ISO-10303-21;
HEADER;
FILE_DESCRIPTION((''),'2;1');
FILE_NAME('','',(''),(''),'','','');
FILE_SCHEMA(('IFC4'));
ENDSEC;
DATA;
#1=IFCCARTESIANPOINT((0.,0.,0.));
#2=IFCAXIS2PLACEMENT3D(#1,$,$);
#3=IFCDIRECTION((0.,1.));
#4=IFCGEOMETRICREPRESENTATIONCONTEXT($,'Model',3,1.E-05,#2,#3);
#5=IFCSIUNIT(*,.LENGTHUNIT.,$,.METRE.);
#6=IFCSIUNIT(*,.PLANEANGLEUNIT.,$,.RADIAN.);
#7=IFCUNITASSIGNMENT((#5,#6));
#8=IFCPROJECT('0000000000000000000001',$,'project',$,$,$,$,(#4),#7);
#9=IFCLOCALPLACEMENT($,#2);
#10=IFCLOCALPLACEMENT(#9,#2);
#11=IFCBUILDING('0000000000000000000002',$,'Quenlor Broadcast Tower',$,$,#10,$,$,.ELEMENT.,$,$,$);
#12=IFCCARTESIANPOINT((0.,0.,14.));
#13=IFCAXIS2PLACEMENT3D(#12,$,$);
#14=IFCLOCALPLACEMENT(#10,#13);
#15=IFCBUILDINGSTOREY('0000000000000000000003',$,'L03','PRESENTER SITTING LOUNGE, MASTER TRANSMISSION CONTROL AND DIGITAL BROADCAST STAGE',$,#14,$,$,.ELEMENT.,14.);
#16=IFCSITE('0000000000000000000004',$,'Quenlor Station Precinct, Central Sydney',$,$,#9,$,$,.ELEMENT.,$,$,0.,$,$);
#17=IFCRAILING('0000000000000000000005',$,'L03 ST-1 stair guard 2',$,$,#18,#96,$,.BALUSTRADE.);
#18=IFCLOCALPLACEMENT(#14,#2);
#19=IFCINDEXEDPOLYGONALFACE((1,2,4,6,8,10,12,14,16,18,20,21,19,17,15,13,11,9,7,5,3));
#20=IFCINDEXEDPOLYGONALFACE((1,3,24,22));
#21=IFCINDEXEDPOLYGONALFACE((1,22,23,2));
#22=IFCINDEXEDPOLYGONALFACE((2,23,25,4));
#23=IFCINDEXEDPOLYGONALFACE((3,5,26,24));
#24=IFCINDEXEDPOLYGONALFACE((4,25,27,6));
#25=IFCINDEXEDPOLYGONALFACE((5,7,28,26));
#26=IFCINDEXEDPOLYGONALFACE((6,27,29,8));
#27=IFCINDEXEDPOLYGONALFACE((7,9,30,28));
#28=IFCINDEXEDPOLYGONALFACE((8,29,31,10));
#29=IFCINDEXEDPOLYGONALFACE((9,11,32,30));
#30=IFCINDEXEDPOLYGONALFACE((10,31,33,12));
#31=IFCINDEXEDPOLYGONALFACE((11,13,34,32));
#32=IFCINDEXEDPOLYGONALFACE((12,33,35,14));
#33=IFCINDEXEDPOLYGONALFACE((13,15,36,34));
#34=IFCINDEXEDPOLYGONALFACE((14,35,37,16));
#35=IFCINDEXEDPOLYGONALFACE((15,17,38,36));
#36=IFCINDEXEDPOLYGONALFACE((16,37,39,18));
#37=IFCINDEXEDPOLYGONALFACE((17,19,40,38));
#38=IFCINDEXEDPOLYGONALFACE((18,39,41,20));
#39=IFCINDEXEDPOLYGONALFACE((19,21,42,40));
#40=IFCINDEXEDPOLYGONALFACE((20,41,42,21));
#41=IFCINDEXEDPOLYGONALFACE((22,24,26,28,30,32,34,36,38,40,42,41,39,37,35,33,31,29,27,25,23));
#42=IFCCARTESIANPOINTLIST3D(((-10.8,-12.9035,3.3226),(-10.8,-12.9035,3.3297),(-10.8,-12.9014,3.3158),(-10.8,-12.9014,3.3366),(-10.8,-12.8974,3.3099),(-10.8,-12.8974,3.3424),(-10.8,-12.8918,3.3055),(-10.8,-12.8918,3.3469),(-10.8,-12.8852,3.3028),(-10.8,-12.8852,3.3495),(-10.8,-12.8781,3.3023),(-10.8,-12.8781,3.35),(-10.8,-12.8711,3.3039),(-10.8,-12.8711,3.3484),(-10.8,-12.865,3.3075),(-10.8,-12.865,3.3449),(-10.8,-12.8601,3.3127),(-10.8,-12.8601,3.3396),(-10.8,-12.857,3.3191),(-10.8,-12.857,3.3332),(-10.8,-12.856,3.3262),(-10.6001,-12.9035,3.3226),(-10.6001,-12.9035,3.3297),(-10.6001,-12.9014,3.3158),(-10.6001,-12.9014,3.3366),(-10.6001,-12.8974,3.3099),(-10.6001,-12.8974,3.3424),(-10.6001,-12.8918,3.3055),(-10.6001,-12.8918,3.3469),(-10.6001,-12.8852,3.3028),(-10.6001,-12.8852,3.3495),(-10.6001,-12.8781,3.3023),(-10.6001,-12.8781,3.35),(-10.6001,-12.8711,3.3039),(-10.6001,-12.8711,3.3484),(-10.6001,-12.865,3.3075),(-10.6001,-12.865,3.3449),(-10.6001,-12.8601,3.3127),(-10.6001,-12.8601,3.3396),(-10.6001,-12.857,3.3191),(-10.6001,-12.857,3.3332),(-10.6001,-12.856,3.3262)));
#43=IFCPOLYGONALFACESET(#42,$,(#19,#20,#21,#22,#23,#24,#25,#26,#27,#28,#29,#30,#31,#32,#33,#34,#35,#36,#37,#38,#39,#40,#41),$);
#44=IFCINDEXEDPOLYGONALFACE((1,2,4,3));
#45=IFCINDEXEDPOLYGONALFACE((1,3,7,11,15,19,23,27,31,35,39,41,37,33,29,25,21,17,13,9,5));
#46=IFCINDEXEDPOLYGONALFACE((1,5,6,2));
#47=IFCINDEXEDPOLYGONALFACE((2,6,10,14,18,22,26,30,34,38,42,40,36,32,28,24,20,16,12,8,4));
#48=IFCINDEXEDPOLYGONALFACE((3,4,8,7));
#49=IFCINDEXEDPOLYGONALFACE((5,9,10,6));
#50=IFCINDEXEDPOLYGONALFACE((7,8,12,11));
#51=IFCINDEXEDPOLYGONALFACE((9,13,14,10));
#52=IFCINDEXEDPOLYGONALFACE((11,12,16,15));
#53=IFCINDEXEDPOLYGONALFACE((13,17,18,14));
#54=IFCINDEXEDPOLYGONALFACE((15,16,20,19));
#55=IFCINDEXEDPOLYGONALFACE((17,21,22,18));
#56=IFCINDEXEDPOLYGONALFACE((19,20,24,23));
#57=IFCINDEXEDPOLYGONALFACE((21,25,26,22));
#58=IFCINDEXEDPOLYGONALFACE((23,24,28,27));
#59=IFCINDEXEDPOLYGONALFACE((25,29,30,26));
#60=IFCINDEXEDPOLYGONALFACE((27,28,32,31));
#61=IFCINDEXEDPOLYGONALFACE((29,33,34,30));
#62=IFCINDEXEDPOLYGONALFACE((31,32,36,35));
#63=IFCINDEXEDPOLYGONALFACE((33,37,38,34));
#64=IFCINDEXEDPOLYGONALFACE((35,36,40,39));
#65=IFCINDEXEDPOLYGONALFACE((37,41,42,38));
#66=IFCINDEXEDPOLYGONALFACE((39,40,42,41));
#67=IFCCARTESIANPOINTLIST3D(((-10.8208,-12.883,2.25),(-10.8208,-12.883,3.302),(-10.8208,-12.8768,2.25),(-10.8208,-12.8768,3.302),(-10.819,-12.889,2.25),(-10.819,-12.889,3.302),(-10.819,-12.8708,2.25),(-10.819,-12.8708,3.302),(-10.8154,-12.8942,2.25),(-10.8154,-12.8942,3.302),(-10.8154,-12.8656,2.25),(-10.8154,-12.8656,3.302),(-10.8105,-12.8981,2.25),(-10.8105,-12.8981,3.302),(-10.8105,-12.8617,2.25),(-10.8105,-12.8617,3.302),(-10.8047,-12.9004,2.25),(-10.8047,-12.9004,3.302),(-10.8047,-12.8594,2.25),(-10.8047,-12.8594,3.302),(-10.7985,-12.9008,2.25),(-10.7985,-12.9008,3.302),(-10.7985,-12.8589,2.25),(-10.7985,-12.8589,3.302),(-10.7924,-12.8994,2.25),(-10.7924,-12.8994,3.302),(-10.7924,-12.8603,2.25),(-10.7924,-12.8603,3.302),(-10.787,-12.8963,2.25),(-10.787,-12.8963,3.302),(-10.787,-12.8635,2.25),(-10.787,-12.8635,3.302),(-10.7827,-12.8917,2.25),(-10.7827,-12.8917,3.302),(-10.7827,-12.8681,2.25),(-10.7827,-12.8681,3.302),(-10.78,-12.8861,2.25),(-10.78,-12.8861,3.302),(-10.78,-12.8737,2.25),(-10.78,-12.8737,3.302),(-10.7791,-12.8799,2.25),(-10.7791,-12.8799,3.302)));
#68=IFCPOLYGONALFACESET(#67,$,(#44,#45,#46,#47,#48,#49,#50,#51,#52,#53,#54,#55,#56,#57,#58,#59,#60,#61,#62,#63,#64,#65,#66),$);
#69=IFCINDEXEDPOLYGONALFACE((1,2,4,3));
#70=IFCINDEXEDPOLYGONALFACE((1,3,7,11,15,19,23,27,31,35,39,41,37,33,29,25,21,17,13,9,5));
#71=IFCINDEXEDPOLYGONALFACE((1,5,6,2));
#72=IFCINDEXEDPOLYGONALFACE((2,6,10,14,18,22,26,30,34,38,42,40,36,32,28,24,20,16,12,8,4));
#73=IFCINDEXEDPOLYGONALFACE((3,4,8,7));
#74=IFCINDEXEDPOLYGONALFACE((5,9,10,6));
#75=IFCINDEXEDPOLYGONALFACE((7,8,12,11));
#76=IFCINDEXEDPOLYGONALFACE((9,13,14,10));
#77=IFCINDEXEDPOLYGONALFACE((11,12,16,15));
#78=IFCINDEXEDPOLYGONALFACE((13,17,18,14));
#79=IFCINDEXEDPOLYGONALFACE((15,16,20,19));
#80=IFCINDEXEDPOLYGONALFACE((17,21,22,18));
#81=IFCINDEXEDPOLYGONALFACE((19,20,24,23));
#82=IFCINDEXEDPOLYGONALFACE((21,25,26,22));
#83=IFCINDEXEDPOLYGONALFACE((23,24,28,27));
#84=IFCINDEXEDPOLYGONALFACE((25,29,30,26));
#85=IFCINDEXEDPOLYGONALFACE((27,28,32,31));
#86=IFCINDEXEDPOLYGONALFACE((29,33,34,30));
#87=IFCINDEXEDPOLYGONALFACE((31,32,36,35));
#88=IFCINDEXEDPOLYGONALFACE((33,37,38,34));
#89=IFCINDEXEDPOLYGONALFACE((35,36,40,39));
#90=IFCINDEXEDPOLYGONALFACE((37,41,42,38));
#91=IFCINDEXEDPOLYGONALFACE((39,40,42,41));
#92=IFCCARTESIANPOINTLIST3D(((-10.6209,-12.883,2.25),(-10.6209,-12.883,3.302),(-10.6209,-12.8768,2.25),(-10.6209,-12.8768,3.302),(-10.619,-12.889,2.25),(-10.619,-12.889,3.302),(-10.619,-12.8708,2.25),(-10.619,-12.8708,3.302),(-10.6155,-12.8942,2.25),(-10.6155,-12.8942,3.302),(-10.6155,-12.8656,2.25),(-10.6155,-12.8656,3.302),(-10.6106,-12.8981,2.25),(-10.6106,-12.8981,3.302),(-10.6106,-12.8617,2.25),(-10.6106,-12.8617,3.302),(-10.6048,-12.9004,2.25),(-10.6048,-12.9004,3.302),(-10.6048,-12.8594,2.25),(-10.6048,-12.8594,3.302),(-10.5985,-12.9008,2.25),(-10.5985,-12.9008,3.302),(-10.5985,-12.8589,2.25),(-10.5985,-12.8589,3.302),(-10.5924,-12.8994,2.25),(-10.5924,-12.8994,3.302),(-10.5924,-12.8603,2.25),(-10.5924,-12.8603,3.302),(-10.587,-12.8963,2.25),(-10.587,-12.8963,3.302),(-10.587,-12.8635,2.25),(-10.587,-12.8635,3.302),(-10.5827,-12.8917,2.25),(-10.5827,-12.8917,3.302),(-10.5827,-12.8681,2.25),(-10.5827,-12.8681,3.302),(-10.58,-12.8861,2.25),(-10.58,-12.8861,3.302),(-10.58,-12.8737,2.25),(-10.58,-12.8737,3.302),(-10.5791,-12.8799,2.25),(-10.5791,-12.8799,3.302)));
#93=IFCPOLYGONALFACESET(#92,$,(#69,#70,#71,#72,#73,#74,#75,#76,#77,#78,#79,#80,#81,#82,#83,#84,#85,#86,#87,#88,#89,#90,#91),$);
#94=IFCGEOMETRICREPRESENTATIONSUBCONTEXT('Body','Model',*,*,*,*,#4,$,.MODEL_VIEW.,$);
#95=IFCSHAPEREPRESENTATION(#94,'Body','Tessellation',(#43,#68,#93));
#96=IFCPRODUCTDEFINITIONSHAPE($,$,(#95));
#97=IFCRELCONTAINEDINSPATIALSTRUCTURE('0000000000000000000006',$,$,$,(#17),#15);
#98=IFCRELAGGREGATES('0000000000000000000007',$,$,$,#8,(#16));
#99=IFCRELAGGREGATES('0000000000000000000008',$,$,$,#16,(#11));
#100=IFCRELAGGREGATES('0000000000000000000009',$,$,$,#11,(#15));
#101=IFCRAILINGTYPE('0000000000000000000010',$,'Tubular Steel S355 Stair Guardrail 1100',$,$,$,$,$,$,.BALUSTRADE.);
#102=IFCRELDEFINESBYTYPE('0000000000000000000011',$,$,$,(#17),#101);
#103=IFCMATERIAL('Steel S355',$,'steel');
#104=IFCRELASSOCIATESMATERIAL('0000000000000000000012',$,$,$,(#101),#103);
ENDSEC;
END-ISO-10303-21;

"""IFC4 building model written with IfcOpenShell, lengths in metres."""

from ifc_helpers import new_model, si_unit, direction, frame, origin, origin_2d, place, context, subcontext, project, spatial, circle, extrude, material, type_object, element, save


model = new_model("IFC4")

# Units and contexts
model_context = context("Model", 3, precision=1e-05, world=origin(), true_north=direction((0.0, 1.0)))
body_context = subcontext(model_context, "Body", "Model", "MODEL_VIEW")
ifc_project = project(units=[si_unit("LENGTHUNIT", "METRE"), si_unit("PLANEANGLEUNIT", "RADIAN")], contexts=[model_context])

# Site, building, storey
site_placement = place(None, origin())
site = spatial("IfcSite", under=ifc_project, at=site_placement, Name="Quenlor Station Precinct, Central Sydney", CompositionType="ELEMENT", RefElevation=0.0)
building_placement = place(site_placement, origin())
building = spatial("IfcBuilding", under=site, at=building_placement, Name="Quenlor Broadcast Tower", CompositionType="ELEMENT")
storey_placement = place(building_placement, frame((0.0, 0.0, 14.0)))
storey = spatial("IfcBuildingStorey", under=building, at=storey_placement, Name="L03", Description="PRESENTER SITTING LOUNGE, MASTER TRANSMISSION CONTROL AND DIGITAL BROADCAST STAGE", CompositionType="ELEMENT", Elevation=14.0)

# Railing
ifc_material_1 = material(Name="Steel S355", Category="steel")
railing_type_1 = type_object("IfcRailingType", Name="Tubular Steel S355 Stair Guardrail 1100", PredefinedType="BALUSTRADE", material=ifc_material_1)
railing_1_placement = place(storey_placement, frame((-10.8, -12.8799, 2.25)))
element("IfcRailing", 1, at=railing_1_placement, inside=storey, type_object=railing_type_1, Name="L03 ST-1 stair guard 2", PredefinedType="BALUSTRADE", context=body_context, shape_type="SweptSolid", body=[
    extrude(circle(Radius=0.0239, at=origin_2d()), frame((0.0, 0.0, 1.0762), z_axis=(1.0, 0.0, 0.0), x_axis=(0.0, 1.0, 0.0)), (0.0, 0.0, 1.0), 0.2),
    extrude(circle(Radius=0.021, at=origin_2d()), origin(), (0.0, 0.0, 1.0), 1.052),
    extrude(circle(Radius=0.021, at=origin_2d()), frame((0.2, 0.0, 0.0)), (0.0, 0.0, 1.0), 1.052),
])

save(model, "model.ifc")
